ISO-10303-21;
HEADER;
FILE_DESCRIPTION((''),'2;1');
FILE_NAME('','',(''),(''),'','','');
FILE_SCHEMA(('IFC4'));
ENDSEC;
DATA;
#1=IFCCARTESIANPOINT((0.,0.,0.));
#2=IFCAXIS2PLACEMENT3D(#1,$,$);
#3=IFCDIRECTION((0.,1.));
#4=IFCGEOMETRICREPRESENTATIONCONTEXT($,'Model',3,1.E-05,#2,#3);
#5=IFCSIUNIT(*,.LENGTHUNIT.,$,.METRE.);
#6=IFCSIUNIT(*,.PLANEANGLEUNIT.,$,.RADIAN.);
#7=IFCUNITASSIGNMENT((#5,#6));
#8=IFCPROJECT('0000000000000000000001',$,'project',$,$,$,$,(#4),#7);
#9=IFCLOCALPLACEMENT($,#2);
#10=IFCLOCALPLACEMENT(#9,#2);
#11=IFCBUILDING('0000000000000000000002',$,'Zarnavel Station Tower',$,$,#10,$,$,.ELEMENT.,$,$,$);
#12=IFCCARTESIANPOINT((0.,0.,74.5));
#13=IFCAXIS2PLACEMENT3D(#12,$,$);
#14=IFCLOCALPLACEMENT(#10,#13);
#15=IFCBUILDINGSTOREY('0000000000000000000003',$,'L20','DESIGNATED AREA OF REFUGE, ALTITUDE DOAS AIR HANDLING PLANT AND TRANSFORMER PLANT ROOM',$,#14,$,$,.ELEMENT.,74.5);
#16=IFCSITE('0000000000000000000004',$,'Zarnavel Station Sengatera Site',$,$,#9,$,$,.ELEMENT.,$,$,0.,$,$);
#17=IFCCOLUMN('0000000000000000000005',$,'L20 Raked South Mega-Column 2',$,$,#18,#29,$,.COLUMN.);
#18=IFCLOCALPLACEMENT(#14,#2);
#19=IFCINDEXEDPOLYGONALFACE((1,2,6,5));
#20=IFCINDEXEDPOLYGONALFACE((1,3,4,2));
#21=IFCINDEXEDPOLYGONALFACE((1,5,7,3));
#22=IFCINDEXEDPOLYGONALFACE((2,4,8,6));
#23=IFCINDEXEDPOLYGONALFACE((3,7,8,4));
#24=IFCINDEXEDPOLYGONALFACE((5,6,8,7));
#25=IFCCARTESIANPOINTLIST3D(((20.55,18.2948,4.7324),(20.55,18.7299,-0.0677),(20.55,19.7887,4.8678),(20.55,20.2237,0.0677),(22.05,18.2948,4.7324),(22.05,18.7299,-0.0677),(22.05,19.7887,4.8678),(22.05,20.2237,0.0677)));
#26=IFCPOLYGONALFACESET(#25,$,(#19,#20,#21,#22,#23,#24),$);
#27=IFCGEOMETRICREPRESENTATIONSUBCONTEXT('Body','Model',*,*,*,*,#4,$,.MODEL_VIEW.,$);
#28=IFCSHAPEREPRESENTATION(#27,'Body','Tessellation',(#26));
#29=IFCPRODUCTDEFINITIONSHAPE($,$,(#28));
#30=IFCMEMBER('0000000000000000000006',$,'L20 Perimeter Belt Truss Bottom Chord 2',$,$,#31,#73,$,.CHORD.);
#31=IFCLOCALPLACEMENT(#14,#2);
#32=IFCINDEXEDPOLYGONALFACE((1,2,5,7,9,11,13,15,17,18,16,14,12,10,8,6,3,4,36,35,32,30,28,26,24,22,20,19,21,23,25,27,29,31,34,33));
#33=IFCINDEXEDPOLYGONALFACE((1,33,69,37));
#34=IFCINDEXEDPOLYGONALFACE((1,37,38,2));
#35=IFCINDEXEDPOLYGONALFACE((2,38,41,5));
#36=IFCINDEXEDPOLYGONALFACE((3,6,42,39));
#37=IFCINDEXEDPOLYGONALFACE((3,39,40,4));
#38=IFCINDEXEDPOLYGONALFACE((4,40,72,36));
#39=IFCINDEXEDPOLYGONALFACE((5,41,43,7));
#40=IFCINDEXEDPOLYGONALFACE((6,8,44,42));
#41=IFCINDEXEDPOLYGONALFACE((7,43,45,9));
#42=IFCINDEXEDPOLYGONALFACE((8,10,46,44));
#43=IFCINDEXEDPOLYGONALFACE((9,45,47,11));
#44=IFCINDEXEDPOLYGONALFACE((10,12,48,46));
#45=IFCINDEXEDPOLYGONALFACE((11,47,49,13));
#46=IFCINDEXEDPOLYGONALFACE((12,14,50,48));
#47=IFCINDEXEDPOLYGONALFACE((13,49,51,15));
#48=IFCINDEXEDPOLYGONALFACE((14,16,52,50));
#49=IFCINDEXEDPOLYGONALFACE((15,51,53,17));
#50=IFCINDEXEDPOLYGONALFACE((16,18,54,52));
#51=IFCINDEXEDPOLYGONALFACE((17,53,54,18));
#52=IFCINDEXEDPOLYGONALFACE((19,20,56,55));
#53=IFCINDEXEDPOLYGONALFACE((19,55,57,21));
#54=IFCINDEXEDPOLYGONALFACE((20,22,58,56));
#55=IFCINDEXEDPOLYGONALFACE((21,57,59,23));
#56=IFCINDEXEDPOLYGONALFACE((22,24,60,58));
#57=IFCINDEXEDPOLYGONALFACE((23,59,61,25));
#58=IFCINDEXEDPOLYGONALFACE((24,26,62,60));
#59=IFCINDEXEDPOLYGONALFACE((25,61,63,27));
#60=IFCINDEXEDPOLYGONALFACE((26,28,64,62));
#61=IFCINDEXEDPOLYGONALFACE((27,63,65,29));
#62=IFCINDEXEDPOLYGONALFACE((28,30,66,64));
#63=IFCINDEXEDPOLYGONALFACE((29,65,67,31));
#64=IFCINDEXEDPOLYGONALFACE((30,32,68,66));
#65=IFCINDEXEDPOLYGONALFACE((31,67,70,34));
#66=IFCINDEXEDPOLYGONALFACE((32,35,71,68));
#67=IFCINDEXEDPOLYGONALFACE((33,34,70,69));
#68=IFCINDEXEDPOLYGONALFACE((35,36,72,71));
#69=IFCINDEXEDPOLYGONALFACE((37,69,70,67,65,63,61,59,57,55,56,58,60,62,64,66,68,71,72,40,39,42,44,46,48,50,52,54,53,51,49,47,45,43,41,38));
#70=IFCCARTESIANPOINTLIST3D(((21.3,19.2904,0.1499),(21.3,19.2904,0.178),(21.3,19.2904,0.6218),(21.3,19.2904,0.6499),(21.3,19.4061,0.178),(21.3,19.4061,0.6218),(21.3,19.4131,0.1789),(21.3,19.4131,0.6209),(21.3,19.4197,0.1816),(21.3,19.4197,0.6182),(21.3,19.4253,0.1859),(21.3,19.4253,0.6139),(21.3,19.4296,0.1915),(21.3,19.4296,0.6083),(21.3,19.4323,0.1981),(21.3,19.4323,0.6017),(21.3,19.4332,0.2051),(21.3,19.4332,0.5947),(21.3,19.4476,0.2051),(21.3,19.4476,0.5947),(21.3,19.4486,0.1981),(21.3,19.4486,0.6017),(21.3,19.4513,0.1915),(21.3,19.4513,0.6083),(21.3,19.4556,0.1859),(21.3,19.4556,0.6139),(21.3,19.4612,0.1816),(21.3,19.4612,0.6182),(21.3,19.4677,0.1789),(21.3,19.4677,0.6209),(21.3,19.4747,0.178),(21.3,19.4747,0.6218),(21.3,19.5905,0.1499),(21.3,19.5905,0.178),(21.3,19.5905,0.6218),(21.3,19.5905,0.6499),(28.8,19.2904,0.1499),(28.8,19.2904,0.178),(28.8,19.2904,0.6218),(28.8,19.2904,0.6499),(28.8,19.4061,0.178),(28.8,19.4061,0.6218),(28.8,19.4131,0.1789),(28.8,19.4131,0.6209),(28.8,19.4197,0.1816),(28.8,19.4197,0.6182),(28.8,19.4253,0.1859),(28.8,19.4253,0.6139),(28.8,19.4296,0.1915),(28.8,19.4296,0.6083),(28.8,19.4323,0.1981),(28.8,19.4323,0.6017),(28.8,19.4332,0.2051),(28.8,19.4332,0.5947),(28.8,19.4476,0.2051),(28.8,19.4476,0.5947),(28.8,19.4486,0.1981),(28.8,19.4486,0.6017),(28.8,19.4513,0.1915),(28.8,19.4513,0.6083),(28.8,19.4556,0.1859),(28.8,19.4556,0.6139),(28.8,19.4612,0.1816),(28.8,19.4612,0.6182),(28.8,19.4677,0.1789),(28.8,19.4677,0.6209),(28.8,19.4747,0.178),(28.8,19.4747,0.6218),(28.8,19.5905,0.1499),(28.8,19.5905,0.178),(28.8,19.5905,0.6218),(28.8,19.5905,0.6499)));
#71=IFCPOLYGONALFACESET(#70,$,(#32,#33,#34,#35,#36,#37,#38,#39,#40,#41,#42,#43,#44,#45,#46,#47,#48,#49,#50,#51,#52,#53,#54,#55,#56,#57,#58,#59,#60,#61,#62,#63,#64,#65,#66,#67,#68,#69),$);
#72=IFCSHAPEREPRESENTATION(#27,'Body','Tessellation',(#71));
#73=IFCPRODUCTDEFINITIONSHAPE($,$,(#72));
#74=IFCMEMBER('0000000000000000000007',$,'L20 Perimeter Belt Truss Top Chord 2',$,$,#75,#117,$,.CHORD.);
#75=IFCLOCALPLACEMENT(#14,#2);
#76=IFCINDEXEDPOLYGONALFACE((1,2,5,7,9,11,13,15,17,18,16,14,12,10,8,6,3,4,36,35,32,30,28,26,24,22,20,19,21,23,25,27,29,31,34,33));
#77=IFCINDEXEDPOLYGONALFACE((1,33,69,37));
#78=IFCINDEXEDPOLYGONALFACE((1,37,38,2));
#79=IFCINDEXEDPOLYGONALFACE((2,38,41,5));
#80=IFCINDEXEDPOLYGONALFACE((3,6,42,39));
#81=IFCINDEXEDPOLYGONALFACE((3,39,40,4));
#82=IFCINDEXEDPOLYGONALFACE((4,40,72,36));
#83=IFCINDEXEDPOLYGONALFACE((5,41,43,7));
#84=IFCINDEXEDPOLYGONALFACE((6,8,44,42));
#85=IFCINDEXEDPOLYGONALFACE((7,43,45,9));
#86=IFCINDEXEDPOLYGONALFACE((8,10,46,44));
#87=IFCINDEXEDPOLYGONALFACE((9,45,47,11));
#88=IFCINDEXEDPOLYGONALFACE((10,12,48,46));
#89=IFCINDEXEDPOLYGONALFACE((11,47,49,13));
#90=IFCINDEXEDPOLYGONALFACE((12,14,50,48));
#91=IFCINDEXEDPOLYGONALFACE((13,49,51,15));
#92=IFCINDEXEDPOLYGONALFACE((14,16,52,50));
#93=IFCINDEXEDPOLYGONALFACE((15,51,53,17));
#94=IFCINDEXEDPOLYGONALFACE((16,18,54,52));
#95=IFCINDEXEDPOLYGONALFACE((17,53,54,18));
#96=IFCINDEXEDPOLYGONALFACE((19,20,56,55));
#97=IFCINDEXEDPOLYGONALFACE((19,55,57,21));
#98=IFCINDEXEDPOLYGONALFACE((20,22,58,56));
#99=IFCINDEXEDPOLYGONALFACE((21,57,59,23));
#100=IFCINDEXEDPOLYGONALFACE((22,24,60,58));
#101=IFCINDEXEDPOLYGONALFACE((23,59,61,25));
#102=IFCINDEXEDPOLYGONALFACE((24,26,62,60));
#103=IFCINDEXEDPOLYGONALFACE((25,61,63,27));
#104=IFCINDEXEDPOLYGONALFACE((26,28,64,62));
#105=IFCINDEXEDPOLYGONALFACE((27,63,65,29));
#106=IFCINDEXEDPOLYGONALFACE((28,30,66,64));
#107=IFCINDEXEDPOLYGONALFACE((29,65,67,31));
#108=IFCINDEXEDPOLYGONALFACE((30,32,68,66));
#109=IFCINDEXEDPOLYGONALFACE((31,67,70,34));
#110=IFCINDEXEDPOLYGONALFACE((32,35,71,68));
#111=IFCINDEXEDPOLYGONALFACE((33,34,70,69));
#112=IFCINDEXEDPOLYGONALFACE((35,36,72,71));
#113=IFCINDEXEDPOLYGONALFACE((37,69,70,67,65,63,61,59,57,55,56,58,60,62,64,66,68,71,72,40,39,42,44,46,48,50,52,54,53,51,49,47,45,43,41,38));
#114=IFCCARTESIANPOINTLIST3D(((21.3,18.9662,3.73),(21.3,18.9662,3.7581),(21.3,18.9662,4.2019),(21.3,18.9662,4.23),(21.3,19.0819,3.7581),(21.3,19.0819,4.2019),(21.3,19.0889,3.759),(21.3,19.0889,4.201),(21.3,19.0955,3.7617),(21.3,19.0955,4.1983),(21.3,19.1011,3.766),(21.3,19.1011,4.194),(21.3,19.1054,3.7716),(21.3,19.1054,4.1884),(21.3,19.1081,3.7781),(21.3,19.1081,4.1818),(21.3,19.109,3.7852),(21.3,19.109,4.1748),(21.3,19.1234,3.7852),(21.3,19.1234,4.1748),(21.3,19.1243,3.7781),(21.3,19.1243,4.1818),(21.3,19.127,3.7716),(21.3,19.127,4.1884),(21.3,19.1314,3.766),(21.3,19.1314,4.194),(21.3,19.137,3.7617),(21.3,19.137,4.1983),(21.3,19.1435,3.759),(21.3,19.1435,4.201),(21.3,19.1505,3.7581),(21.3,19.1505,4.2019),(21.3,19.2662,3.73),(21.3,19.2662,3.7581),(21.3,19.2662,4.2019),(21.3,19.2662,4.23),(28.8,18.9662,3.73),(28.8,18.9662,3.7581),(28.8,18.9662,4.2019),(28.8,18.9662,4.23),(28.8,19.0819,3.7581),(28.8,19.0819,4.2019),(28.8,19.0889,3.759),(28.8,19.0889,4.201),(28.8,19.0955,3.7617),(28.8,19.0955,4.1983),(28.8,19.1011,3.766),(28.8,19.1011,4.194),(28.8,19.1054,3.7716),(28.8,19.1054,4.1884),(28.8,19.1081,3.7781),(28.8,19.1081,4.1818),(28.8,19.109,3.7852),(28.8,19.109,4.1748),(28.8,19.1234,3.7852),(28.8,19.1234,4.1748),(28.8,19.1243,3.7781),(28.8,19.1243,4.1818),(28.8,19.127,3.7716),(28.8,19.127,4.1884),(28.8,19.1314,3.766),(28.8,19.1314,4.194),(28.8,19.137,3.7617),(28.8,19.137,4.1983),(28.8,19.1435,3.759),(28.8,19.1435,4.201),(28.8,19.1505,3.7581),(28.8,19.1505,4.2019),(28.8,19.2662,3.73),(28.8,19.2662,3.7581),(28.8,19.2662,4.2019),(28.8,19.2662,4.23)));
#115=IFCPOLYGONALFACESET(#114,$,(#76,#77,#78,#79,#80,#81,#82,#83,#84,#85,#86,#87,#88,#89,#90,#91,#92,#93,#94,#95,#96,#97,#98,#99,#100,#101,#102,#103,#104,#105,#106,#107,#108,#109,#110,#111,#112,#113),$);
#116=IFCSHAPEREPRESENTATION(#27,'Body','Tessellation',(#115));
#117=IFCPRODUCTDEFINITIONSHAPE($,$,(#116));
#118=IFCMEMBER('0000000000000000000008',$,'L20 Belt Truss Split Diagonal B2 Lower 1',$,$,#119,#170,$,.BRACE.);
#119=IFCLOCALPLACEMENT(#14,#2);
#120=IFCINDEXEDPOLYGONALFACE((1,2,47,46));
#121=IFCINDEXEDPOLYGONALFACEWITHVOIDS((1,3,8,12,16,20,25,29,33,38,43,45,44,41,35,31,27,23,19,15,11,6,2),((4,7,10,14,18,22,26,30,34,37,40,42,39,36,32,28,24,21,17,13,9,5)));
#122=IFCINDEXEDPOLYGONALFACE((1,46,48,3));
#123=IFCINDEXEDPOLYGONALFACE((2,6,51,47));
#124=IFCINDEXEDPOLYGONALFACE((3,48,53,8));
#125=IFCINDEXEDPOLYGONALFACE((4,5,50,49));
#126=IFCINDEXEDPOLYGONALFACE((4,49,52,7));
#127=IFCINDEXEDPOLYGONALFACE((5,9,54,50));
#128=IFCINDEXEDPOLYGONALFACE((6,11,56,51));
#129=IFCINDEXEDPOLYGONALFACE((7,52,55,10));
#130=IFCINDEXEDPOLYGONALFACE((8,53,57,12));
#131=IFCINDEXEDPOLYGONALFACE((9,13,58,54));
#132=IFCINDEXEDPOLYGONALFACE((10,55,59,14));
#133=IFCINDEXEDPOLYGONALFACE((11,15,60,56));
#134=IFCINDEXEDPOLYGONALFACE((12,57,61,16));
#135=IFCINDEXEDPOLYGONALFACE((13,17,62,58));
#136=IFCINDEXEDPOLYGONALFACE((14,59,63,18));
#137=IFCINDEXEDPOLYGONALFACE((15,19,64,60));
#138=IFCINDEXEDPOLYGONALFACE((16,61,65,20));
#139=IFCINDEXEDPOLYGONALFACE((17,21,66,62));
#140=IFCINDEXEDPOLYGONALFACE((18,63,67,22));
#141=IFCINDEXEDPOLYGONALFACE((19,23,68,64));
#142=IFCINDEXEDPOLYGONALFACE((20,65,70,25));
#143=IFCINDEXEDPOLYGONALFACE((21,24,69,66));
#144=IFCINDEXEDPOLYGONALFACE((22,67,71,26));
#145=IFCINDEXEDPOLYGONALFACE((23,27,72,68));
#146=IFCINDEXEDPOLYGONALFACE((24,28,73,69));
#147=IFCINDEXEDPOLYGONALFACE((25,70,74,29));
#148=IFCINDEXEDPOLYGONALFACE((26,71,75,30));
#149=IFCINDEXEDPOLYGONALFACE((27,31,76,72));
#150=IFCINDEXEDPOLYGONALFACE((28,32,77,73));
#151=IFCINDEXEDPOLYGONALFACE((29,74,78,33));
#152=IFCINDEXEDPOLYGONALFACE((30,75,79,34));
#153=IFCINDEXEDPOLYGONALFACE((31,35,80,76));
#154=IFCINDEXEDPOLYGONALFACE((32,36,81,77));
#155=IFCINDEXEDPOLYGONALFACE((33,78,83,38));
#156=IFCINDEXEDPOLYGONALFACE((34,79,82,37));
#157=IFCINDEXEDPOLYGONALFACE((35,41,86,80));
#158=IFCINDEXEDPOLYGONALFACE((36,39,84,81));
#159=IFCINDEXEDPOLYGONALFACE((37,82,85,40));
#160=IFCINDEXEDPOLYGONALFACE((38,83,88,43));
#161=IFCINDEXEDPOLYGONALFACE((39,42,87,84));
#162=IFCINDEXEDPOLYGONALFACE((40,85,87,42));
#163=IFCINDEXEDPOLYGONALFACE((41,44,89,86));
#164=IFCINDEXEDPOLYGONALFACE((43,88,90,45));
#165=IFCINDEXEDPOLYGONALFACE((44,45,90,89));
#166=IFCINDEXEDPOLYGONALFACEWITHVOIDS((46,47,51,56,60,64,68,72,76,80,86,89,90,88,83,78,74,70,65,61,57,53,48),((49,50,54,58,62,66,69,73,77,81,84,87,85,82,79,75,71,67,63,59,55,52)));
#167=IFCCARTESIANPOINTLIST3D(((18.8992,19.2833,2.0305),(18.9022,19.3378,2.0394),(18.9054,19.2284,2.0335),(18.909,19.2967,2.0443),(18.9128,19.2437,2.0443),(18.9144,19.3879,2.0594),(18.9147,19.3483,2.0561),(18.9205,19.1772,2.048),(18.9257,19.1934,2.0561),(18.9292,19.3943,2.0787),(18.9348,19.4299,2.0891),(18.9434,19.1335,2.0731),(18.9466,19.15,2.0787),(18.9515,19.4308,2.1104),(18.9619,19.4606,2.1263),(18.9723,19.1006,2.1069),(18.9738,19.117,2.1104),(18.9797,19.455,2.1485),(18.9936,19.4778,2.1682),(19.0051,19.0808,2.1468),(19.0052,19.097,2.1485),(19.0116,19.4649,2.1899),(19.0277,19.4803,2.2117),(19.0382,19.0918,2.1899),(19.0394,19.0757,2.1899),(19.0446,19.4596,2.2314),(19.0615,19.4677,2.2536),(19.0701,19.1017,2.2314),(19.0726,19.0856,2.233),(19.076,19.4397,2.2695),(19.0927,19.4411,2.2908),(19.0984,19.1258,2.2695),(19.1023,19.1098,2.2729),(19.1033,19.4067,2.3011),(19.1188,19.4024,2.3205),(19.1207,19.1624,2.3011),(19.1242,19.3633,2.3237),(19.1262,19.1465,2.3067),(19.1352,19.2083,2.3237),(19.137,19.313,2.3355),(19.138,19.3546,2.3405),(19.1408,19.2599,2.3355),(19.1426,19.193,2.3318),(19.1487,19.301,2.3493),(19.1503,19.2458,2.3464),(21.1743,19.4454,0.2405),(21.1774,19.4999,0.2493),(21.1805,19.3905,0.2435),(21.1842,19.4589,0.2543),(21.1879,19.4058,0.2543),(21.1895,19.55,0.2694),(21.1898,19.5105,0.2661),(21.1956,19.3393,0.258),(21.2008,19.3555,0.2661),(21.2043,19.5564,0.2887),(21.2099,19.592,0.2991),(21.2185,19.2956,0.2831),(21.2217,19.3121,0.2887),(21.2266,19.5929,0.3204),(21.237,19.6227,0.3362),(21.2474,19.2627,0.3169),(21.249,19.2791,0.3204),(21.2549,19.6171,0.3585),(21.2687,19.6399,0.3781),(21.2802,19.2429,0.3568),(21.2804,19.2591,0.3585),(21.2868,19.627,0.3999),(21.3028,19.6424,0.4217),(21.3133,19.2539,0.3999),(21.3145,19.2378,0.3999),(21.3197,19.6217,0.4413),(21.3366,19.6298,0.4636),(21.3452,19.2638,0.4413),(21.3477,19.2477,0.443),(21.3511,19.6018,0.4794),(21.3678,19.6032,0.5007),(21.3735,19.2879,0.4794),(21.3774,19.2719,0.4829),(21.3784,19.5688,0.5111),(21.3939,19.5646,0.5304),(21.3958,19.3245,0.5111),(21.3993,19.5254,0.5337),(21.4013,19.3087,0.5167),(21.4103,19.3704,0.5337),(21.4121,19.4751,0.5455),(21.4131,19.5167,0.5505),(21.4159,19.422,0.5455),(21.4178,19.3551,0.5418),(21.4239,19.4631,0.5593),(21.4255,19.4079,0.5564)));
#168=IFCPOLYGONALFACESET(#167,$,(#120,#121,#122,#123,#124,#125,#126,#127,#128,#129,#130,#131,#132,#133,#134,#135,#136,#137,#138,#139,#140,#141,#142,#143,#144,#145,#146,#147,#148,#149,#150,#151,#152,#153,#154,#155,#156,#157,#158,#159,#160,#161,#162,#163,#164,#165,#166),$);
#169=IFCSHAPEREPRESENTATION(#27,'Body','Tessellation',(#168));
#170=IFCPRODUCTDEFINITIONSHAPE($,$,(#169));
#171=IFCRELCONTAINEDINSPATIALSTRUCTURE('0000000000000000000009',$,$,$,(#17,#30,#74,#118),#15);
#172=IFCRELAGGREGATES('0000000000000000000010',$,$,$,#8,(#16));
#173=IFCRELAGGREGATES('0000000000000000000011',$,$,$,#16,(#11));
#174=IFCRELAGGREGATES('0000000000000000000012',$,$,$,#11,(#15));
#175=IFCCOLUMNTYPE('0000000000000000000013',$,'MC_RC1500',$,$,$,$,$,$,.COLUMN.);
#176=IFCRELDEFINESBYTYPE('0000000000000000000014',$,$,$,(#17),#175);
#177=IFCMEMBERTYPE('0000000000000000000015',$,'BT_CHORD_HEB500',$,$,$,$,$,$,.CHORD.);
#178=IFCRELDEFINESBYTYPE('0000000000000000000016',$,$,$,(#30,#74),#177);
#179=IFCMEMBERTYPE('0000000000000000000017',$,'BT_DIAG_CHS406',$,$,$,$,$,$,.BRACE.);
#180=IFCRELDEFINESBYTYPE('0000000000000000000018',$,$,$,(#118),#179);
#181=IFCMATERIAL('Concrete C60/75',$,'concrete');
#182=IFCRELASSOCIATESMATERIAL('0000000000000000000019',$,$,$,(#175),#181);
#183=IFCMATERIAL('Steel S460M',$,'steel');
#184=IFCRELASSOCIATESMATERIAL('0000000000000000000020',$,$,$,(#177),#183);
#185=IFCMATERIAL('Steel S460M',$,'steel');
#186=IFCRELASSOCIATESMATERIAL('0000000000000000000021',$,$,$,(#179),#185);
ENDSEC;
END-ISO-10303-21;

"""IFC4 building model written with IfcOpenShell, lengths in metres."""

from ifc_helpers import new_model, si_unit, direction, frame, origin, origin_2d, place, context, subcontext, project, spatial, rectangle, hollow_circle, i_section, extrude, material, material_profile, profile_set, type_object, element, save


model = new_model("IFC4")

# Units and contexts
model_context = context("Model", 3, precision=1e-05, world=origin(), true_north=direction((0.0, 1.0)))
body_context = subcontext(model_context, "Body", "Model", "MODEL_VIEW")
ifc_project = project(units=[si_unit("LENGTHUNIT", "METRE"), si_unit("PLANEANGLEUNIT", "RADIAN")], contexts=[model_context])

# Site, building, storey
site_placement = place(None, origin())
site = spatial("IfcSite", under=ifc_project, at=site_placement, Name="Zarnavel Station Sengatera Site", CompositionType="ELEMENT", RefElevation=0.0)
building_placement = place(site_placement, origin())
building = spatial("IfcBuilding", under=site, at=building_placement, Name="Zarnavel Station Tower", CompositionType="ELEMENT")
storey_placement = place(building_placement, frame((0.0, 0.0, 74.5)))
storey = spatial("IfcBuildingStorey", under=building, at=storey_placement, Name="L20", Description="DESIGNATED AREA OF REFUGE, ALTITUDE DOAS AIR HANDLING PLANT AND TRANSFORMER PLANT ROOM", CompositionType="ELEMENT", Elevation=74.5)

# Column
ifc_material_1 = material(Name="Concrete C60/75", Category="concrete")
ifc_material_profile_1 = material_profile(ifc_material_1, rectangle(XDim=1.5, YDim=1.5, at=origin_2d()), Name="RC1500x1500")
ifc_profile_set_1 = profile_set([ifc_material_profile_1], Name="Concrete C60/75")
column_type = type_object("IfcColumnType", Name="MC_RC1500", PredefinedType="COLUMN", material=ifc_profile_set_1)
column_placement = place(storey_placement, frame((21.3, 19.4768, 0.0), z_axis=(0.0, -0.090266, 0.995918), x_axis=(1.0, 0.0, 0.0)))
element("IfcColumn", 1, at=column_placement, inside=storey, type_object=column_type, Name="L20 Raked South Mega-Column 2", PredefinedType="COLUMN", context=body_context, shape_type="SweptSolid", body=[
    extrude(rectangle(XDim=1.5, YDim=1.5, at=origin_2d()), origin(), (0.0, 0.0, 1.0), 4.8198),
])

# Members
ifc_material_2 = material(Name="Steel S460M", Category="steel")
ifc_material_profile_2 = material_profile(ifc_material_2, i_section(OverallWidth=0.3, OverallDepth=0.5, WebThickness=0.0144, FlangeThickness=0.0281, FilletRadius=0.0271, at=origin_2d()), Name="HEB500")
ifc_profile_set_2 = profile_set([ifc_material_profile_2], Name="Steel S460M")
member_type_1 = type_object("IfcMemberType", Name="BT_CHORD_HEB500", PredefinedType="CHORD", material=ifc_profile_set_2)
for number, where, z_axis, x_axis, name in (
    (2, (21.3, 19.4404, 0.3999), (1.0, 0.0, 0.0), (0.0, 1.0, 0.0), "L20 Perimeter Belt Truss Bottom Chord 2"),
    (3, (21.3, 19.1162, 3.98), (1.0, 0.0, 0.0), (0.0, 1.0, 0.0), "L20 Perimeter Belt Truss Top Chord 2"),
):
    element("IfcMember", number, at=place(storey_placement, frame(where, z_axis=z_axis, x_axis=x_axis)), inside=storey, type_object=member_type_1, Name=name, PredefinedType="CHORD", context=body_context, shape_type="SweptSolid", body=[
        extrude(i_section(OverallWidth=0.3, OverallDepth=0.5, WebThickness=0.0144, FlangeThickness=0.0281, FilletRadius=0.0271, at=origin_2d()), origin(), (0.0, 0.0, 1.0), 7.5),
    ])
ifc_material_3 = material(Name="Steel S460M", Category="steel")
ifc_material_profile_3 = material_profile(ifc_material_3, hollow_circle(Radius=0.2031, WallThickness=0.0161, at=origin_2d()), Name="CHS406.4x16")
ifc_profile_set_3 = profile_set([ifc_material_profile_3], Name="Steel S460M")
member_type_2 = type_object("IfcMemberType", Name="BT_DIAG_CHS406", PredefinedType="BRACE", material=ifc_profile_set_3)
member_1_placement = place(storey_placement, frame((21.3, 19.4404, 0.3999), z_axis=(-0.784682, -0.05591, 0.617372), x_axis=(0.071072, -0.997471, 0.0)))
element("IfcMember", 4, at=member_1_placement, inside=storey, type_object=member_type_2, Name="L20 Belt Truss Split Diagonal B2 Lower 1", PredefinedType="BRACE", context=body_context, shape_type="SweptSolid", body=[
    extrude(hollow_circle(Radius=0.2031, WallThickness=0.0161, at=origin_2d()), origin(), (0.0, 0.0, 1.0), 2.8994),
])

save(model, "model.ifc")
